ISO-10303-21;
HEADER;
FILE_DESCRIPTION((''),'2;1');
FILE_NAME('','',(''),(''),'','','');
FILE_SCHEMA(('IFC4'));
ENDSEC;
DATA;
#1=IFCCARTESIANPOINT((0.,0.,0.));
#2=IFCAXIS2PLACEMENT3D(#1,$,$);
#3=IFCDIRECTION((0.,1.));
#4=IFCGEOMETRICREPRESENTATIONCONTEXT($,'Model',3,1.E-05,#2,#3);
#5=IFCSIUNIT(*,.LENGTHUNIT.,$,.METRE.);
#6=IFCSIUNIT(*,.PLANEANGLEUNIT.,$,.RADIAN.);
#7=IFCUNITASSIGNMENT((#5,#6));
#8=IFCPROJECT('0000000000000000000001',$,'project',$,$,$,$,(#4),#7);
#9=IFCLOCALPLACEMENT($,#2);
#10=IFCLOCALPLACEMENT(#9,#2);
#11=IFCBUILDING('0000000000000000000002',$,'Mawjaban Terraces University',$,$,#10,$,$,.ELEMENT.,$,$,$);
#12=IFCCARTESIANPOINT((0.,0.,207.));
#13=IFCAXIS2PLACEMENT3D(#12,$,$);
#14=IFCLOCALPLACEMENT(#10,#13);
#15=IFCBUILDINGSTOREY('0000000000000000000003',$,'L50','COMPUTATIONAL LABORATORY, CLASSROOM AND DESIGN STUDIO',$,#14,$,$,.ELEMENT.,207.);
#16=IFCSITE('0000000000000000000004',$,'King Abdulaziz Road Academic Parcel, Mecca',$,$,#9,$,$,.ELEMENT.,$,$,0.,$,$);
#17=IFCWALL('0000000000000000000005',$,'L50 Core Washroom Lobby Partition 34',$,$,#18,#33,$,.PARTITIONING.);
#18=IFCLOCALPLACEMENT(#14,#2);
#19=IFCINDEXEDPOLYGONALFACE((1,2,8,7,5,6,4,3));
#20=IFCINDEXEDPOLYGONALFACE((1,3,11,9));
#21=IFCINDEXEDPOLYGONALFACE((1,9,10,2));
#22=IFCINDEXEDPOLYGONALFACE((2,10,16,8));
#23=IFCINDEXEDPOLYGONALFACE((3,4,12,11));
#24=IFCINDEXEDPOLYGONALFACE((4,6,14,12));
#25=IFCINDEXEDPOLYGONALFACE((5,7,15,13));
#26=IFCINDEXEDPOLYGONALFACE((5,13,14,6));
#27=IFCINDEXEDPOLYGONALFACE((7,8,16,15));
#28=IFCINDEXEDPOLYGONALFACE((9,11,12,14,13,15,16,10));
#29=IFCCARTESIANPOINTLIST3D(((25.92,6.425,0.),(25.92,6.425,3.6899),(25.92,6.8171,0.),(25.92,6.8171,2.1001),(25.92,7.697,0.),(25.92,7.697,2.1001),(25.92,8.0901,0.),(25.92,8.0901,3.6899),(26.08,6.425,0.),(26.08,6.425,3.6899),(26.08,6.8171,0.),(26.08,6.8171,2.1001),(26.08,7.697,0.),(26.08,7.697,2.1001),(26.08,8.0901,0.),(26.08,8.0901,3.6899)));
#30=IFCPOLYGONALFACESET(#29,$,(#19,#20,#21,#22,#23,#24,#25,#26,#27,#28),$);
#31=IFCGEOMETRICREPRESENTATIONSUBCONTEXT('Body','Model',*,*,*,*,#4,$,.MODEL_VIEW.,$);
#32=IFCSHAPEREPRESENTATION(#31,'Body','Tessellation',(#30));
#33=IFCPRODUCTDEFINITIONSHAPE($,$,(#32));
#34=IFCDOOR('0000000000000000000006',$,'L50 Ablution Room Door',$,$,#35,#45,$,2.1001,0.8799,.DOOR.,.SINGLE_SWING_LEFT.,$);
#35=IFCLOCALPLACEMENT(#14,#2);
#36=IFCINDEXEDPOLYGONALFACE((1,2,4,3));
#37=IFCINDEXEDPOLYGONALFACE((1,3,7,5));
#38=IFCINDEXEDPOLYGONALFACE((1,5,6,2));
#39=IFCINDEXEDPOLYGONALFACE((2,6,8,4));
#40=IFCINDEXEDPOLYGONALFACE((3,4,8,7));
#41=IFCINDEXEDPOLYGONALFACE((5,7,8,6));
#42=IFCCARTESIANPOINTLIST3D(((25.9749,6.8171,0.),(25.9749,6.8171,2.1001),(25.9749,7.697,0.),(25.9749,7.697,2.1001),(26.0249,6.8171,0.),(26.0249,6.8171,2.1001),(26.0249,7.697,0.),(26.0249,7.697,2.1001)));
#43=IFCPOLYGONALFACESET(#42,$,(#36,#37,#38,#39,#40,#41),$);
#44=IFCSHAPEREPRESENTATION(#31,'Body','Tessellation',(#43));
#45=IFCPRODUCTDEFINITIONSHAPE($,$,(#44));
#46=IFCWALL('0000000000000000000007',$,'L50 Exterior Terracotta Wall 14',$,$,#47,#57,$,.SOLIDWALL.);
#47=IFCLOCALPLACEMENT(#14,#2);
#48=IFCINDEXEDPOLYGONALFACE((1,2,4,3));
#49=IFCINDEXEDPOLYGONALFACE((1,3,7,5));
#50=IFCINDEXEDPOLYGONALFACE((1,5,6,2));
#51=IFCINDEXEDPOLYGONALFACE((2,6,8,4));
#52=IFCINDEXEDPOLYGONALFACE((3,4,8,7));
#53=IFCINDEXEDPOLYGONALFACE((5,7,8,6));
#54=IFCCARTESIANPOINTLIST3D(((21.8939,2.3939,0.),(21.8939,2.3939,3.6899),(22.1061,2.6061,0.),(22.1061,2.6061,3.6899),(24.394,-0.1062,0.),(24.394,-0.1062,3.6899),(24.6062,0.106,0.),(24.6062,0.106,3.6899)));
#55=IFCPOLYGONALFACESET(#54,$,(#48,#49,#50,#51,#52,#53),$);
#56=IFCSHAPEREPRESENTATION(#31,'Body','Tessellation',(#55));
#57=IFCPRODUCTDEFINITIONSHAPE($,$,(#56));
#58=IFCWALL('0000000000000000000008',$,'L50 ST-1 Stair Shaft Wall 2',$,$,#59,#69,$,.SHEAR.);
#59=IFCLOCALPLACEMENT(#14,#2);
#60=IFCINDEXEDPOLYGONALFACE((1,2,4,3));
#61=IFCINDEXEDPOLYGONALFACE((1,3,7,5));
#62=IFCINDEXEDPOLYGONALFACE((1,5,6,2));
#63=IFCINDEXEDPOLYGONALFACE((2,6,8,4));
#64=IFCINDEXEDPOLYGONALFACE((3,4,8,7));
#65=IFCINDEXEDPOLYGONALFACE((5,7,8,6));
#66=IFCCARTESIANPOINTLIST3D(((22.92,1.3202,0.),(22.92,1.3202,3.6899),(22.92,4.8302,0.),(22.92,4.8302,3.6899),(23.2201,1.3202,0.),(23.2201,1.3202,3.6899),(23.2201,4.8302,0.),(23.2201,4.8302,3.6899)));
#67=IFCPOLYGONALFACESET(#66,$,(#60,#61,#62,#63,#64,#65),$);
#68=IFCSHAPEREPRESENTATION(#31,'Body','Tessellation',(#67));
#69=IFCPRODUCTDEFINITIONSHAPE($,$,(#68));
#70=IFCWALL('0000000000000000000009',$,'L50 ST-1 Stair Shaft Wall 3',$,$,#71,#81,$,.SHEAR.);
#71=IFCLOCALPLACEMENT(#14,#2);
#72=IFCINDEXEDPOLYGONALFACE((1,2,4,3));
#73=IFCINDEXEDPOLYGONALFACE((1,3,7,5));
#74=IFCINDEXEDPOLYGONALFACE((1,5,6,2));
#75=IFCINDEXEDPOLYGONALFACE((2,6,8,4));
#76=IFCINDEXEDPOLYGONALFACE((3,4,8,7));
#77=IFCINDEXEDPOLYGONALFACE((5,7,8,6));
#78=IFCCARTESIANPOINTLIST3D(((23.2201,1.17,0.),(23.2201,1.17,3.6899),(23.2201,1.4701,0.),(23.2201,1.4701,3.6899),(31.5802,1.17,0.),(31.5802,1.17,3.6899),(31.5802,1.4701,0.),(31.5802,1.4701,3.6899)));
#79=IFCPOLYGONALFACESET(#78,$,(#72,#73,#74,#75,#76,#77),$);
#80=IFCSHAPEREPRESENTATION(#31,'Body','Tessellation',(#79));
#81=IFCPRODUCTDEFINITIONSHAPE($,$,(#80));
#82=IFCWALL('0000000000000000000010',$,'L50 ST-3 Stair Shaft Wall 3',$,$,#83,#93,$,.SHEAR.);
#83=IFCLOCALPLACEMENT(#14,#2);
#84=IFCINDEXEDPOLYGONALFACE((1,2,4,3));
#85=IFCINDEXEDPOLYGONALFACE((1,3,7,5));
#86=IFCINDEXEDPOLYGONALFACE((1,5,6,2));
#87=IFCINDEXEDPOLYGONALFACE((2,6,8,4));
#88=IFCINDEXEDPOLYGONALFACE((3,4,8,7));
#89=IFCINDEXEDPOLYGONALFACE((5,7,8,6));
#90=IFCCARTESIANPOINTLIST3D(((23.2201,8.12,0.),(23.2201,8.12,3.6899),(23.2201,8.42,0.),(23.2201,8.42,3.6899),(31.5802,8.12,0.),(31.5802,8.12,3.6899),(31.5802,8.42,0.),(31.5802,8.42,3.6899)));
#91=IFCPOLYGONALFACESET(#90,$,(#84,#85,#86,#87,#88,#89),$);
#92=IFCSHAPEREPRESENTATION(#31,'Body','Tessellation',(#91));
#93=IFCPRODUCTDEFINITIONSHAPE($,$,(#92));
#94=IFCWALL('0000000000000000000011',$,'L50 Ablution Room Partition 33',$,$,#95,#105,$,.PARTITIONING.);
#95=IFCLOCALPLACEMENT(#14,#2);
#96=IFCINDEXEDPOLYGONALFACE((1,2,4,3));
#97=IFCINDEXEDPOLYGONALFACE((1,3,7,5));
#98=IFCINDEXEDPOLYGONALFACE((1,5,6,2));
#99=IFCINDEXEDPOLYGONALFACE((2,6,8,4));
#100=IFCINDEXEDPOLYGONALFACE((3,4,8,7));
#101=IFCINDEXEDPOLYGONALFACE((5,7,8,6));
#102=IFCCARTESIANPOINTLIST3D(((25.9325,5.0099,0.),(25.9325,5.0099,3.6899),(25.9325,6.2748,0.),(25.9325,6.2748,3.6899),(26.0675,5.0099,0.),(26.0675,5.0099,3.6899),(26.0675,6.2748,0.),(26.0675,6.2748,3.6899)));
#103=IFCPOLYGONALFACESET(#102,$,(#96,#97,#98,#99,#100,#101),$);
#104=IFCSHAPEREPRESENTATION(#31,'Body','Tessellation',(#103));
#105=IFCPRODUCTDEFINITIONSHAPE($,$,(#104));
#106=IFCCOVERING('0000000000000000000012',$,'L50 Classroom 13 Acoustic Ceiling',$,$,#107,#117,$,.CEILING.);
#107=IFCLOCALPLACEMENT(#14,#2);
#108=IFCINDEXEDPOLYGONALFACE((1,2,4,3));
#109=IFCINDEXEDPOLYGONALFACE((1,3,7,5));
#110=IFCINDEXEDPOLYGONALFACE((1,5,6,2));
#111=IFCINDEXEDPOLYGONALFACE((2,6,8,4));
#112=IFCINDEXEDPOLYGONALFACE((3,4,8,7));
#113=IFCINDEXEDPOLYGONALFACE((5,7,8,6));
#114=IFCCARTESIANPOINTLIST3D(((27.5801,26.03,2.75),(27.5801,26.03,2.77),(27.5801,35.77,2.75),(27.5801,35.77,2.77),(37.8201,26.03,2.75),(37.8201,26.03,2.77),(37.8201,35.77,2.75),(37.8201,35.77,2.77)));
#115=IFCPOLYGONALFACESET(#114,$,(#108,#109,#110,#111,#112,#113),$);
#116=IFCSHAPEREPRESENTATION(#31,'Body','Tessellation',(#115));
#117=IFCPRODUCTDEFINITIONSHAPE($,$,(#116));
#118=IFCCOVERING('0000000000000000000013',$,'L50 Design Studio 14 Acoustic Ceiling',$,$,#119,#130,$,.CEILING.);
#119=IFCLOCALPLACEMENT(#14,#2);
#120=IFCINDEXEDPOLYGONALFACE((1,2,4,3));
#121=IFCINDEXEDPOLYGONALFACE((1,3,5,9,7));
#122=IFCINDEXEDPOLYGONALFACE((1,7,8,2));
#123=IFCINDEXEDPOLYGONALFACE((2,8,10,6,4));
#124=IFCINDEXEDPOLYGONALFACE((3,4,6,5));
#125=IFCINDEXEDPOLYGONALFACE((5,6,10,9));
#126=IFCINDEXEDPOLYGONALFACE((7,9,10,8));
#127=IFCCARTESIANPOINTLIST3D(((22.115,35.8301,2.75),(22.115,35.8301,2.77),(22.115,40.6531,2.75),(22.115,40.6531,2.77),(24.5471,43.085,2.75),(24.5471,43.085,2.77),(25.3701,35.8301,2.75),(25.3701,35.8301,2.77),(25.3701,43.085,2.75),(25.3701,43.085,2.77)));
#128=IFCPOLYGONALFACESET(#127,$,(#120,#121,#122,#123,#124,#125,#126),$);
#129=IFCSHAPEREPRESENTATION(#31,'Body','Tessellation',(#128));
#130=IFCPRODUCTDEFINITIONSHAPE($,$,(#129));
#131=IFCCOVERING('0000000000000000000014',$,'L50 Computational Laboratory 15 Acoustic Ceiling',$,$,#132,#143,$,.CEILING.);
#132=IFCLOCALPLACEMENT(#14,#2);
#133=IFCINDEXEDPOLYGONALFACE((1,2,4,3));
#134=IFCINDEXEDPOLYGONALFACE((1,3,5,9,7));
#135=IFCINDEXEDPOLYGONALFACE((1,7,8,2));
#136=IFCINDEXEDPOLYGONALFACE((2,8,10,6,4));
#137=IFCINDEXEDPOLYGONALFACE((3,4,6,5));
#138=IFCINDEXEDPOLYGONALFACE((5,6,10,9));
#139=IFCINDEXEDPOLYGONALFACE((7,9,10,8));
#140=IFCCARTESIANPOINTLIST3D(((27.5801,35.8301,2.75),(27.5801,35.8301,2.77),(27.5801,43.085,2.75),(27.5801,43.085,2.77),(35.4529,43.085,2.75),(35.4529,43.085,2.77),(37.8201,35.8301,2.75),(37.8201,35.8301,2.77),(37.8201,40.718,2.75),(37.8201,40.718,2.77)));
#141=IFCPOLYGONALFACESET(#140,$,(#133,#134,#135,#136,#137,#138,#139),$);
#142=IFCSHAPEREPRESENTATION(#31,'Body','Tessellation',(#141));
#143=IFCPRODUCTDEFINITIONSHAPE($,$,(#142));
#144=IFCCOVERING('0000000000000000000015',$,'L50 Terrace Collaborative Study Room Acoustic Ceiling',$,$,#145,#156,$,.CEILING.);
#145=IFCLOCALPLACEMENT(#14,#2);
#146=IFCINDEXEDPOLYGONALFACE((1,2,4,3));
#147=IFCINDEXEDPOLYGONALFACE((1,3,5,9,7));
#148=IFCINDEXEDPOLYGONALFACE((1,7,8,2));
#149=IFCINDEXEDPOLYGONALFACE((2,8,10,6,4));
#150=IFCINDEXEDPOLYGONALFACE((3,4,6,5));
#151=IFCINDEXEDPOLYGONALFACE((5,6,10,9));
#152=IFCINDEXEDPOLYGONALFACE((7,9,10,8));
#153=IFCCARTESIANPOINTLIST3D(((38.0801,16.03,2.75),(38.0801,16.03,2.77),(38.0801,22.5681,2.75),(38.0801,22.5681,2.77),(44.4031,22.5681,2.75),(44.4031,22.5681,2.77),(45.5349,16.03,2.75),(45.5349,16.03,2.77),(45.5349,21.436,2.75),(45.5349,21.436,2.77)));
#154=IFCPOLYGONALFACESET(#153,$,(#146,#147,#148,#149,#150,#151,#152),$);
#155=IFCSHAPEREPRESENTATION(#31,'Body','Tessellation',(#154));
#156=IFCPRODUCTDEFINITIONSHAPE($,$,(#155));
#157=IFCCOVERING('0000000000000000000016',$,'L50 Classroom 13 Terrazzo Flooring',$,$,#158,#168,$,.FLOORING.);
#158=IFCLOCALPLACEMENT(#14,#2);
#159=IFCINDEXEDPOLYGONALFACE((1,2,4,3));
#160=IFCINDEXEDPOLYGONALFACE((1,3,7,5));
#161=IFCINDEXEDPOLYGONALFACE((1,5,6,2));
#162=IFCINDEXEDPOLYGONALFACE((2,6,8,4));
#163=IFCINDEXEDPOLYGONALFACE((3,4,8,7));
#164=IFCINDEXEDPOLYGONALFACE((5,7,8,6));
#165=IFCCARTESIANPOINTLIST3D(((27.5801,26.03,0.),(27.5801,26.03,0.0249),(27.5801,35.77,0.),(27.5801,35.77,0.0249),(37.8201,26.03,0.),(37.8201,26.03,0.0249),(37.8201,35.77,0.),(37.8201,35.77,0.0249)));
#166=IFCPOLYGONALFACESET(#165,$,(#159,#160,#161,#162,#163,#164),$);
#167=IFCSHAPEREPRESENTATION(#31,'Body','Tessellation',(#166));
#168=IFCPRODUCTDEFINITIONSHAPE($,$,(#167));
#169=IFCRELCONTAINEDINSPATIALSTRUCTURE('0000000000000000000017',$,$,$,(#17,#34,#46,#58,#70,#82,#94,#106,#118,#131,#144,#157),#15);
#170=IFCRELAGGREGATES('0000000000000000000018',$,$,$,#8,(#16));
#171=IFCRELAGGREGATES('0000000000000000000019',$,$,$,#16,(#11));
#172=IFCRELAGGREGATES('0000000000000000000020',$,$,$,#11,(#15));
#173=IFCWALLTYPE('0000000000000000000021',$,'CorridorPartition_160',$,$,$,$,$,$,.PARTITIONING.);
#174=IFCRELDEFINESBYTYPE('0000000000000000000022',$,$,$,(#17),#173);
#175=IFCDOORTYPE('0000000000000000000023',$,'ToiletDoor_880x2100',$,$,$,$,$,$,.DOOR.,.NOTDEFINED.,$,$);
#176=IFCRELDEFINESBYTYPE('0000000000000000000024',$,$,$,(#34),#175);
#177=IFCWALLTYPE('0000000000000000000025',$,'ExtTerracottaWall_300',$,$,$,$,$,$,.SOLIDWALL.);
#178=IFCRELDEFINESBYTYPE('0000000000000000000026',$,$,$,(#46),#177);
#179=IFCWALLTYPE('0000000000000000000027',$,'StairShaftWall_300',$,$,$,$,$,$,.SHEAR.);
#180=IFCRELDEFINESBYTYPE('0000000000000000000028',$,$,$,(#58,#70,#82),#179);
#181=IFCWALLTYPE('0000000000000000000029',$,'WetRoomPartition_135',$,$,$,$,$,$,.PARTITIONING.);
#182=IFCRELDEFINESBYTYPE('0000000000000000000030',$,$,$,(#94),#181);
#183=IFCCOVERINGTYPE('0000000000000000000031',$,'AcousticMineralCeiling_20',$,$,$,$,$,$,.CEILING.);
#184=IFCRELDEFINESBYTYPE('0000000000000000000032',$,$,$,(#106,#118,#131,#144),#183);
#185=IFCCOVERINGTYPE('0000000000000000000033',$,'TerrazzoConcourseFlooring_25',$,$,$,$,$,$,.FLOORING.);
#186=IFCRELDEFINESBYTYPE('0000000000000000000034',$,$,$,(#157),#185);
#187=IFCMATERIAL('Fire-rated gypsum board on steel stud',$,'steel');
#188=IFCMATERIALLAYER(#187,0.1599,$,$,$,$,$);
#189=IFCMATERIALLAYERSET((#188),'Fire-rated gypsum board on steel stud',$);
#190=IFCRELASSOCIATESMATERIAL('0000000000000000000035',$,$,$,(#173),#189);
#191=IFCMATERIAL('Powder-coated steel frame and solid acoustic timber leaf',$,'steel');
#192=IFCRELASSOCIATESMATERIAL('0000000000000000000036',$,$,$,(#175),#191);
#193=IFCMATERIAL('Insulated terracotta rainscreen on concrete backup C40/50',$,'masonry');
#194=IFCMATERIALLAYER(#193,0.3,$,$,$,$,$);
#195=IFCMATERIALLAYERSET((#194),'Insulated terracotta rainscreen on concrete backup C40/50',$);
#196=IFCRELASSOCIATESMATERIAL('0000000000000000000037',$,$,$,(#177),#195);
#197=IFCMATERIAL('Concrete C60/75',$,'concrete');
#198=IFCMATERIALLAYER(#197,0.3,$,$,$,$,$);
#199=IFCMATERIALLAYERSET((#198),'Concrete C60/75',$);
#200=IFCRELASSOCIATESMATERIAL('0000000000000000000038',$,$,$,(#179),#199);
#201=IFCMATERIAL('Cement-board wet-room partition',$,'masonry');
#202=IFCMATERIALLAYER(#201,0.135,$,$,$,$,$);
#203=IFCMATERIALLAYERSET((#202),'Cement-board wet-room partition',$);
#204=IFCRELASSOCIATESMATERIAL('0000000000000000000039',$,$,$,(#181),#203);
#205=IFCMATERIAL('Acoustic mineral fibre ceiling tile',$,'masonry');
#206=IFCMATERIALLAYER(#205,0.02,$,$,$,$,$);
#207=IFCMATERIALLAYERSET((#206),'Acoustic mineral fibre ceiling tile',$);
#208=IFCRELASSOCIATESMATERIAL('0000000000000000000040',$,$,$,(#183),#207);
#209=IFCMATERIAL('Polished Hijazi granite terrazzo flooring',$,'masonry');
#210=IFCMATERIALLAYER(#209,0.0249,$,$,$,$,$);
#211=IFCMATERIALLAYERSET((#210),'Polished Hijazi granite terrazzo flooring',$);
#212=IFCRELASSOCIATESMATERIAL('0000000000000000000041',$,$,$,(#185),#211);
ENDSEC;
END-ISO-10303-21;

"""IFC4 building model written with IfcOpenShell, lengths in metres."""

from ifc_helpers import new_model, si_unit, direction, frame, frame_2d, origin, place, context, subcontext, project, spatial, polyline, rectangle, outline, extrude, material, layer, layer_set, type_object, element, fill, save


model = new_model("IFC4")

# Units and contexts
model_context = context("Model", 3, precision=1e-05, world=origin(), true_north=direction((0.0, 1.0)))
body_context = subcontext(model_context, "Body", "Model", "MODEL_VIEW")
ifc_project = project(units=[si_unit("LENGTHUNIT", "METRE"), si_unit("PLANEANGLEUNIT", "RADIAN")], contexts=[model_context])

# Site, building, storey
site_placement = place(None, origin())
site = spatial("IfcSite", under=ifc_project, at=site_placement, Name="King Abdulaziz Road Academic Parcel, Mecca", CompositionType="ELEMENT", RefElevation=0.0)
building_placement = place(site_placement, origin())
building = spatial("IfcBuilding", under=site, at=building_placement, Name="Mawjaban Terraces University", CompositionType="ELEMENT")
storey_placement = place(building_placement, frame((0.0, 0.0, 207.0)))
storey = spatial("IfcBuildingStorey", under=building, at=storey_placement, Name="L50", Description="COMPUTATIONAL LABORATORY, CLASSROOM AND DESIGN STUDIO", CompositionType="ELEMENT", Elevation=207.0)

# Shared definitions
ifc_material_1 = material(Name="Concrete C60/75", Category="concrete")

# Wall, opening, door
ifc_material_2 = material(Name="Fire-rated gypsum board on steel stud", Category="steel")
ifc_layer_1 = layer(ifc_material_2, 0.1599)
ifc_layer_set_1 = layer_set([ifc_layer_1], Name="Fire-rated gypsum board on steel stud")
wall_type_1 = type_object("IfcWallType", Name="CorridorPartition_160", PredefinedType="PARTITIONING", material=ifc_layer_set_1)
ifc_material_3 = material(Name="Powder-coated steel frame and solid acoustic timber leaf", Category="steel")
door_type = type_object("IfcDoorType", Name="ToiletDoor_880x2100", OperationType="NOTDEFINED", PredefinedType="DOOR", material=ifc_material_3)
wall_1_placement = place(storey_placement, frame((26.0, 8.0901, 0.0), z_axis=(0.0, 0.0, 1.0), x_axis=(0.0, -1.0, 0.0)))
wall_1 = element("IfcWall", 1, at=wall_1_placement, inside=storey, type_object=wall_type_1, Name="L50 Core Washroom Lobby Partition 34", PredefinedType="PARTITIONING", context=body_context, shape_type="SweptSolid", body=[
    extrude(rectangle(XDim=1.665, YDim=0.1599, at=frame_2d((0.8325, 0.0))), origin(), (0.0, 0.0, 1.0), 3.6899),
])
opening_1_placement = place(wall_1_placement, frame((0.3931, 0.0, 0.0)))
opening_1 = element("IfcOpeningElement", 2, at=opening_1_placement, cuts=wall_1, PredefinedType="OPENING", context=body_context, shape_type="SweptSolid", body=[
    extrude(rectangle(XDim=0.8799, YDim=2.1001, at=frame_2d((0.4399, 1.05))), frame((0.0, 0.0898, 0.0), z_axis=(0.0, -1.0, 0.0), x_axis=(1.0, 0.0, 0.0)), (0.0, 0.0, 1.0), 0.1799),
])
door_1_placement = place(opening_1_placement, origin())
door_1 = element("IfcDoor", 3, at=door_1_placement, inside=storey, type_object=door_type, Name="L50 Ablution Room Door", OperationType="SINGLE_SWING_LEFT", OverallHeight=2.1001, OverallWidth=0.8799, PredefinedType="DOOR", context=body_context, shape_type="SweptSolid", body=[
    extrude(rectangle(XDim=0.8799, YDim=2.1001, at=frame_2d((0.4399, 1.05))), frame((0.0, 0.0249, 0.0), z_axis=(0.0, -1.0, 0.0), x_axis=(1.0, 0.0, 0.0)), (0.0, 0.0, 1.0), 0.05),
])
fill(opening_1, door_1)

# Walls
ifc_material_4 = material(Name="Insulated terracotta rainscreen on concrete backup C40/50", Category="masonry")
ifc_layer_2 = layer(ifc_material_4, 0.3)
ifc_layer_set_2 = layer_set([ifc_layer_2], Name="Insulated terracotta rainscreen on concrete backup C40/50")
wall_type_2 = type_object("IfcWallType", Name="ExtTerracottaWall_300", PredefinedType="SOLIDWALL", material=ifc_layer_set_2)
wall_2_placement = place(storey_placement, frame((22.0, 2.5, 0.0), z_axis=(0.0, 0.0, 1.0), x_axis=(0.707107, -0.707107, 0.0)))
element("IfcWall", 4, at=wall_2_placement, inside=storey, type_object=wall_type_2, Name="L50 Exterior Terracotta Wall 14", PredefinedType="SOLIDWALL", context=body_context, shape_type="SweptSolid", body=[
    extrude(rectangle(XDim=3.5356, YDim=0.3, at=frame_2d((1.7678, 0.0))), origin(), (0.0, 0.0, 1.0), 3.6899),
])
ifc_layer_3 = layer(ifc_material_1, 0.3)
ifc_layer_set_3 = layer_set([ifc_layer_3], Name="Concrete C60/75")
wall_type_3 = type_object("IfcWallType", Name="StairShaftWall_300", PredefinedType="SHEAR", material=ifc_layer_set_3)
wall_3_placement = place(storey_placement, frame((23.0701, 4.8301, 0.0), z_axis=(0.0, 0.0, 1.0), x_axis=(0.0, -1.0, 0.0)))
element("IfcWall", 5, at=wall_3_placement, inside=storey, type_object=wall_type_3, Name="L50 ST-1 Stair Shaft Wall 2", PredefinedType="SHEAR", context=body_context, shape_type="SweptSolid", body=[
    extrude(rectangle(XDim=3.51, YDim=0.3, at=frame_2d((1.7549, 0.0))), origin(), (0.0, 0.0, 1.0), 3.6899),
])
for number, where, z_axis, x_axis, name in (
    (6, (23.22, 1.3201, 0.0), (0.0, 0.0, 1.0), (1.0, 0.0, 0.0), "L50 ST-1 Stair Shaft Wall 3"),
    (7, (23.22, 8.27, 0.0), (0.0, 0.0, 1.0), (1.0, 0.0, 0.0), "L50 ST-3 Stair Shaft Wall 3"),
):
    element("IfcWall", number, at=place(storey_placement, frame(where, z_axis=z_axis, x_axis=x_axis)), inside=storey, type_object=wall_type_3, Name=name, PredefinedType="SHEAR", context=body_context, shape_type="SweptSolid", body=[
        extrude(rectangle(XDim=8.3601, YDim=0.3, at=frame_2d((4.1802, 0.0))), origin(), (0.0, 0.0, 1.0), 3.6899),
    ])
ifc_material_5 = material(Name="Cement-board wet-room partition", Category="masonry")
ifc_layer_4 = layer(ifc_material_5, 0.135)
ifc_layer_set_4 = layer_set([ifc_layer_4], Name="Cement-board wet-room partition")
wall_type_4 = type_object("IfcWallType", Name="WetRoomPartition_135", PredefinedType="PARTITIONING", material=ifc_layer_set_4)
wall_4_placement = place(storey_placement, frame((26.0, 5.01, 0.0), z_axis=(0.0, 0.0, 1.0), x_axis=(0.0, 1.0, 0.0)))
element("IfcWall", 8, at=wall_4_placement, inside=storey, type_object=wall_type_4, Name="L50 Ablution Room Partition 33", PredefinedType="PARTITIONING", context=body_context, shape_type="SweptSolid", body=[
    extrude(rectangle(XDim=1.2649, YDim=0.135, at=frame_2d((0.6323, 0.0))), origin(), (0.0, 0.0, 1.0), 3.6899),
])

# Coverings
ifc_material_6 = material(Name="Acoustic mineral fibre ceiling tile", Category="masonry")
ifc_layer_5 = layer(ifc_material_6, 0.02)
ifc_layer_set_5 = layer_set([ifc_layer_5], Name="Acoustic mineral fibre ceiling tile")
covering_type_1 = type_object("IfcCoveringType", Name="AcousticMineralCeiling_20", PredefinedType="CEILING", material=ifc_layer_set_5)
covering_1_placement = place(storey_placement, frame((0.0, 0.0, 2.75)))
element("IfcCovering", 9, at=covering_1_placement, inside=storey, type_object=covering_type_1, Name="L50 Classroom 13 Acoustic Ceiling", PredefinedType="CEILING", context=body_context, shape_type="SweptSolid", body=[
    extrude(outline(polyline([(37.8201, 26.03), (37.8201, 35.77), (27.5801, 35.77), (27.5801, 26.03), (37.8201, 26.03)])), origin(), (0.0, 0.0, 1.0), 0.02),
])
covering_2_placement = place(storey_placement, frame((0.0, 0.0, 2.75)))
element("IfcCovering", 10, at=covering_2_placement, inside=storey, type_object=covering_type_1, Name="L50 Design Studio 14 Acoustic Ceiling", PredefinedType="CEILING", context=body_context, shape_type="SweptSolid", body=[
    extrude(outline(polyline([(25.3701, 43.085), (24.5471, 43.085), (22.115, 40.6531), (22.115, 35.8301), (25.3701, 35.8301), (25.3701, 43.085)])), origin(), (0.0, 0.0, 1.0), 0.02),
])
covering_3_placement = place(storey_placement, frame((0.0, 0.0, 2.75)))
element("IfcCovering", 11, at=covering_3_placement, inside=storey, type_object=covering_type_1, Name="L50 Computational Laboratory 15 Acoustic Ceiling", PredefinedType="CEILING", context=body_context, shape_type="SweptSolid", body=[
    extrude(outline(polyline([(37.8201, 40.718), (35.4529, 43.085), (27.5801, 43.085), (27.5801, 35.8301), (37.8201, 35.8301), (37.8201, 40.718)])), origin(), (0.0, 0.0, 1.0), 0.02),
])
covering_4_placement = place(storey_placement, frame((0.0, 0.0, 2.75)))
element("IfcCovering", 12, at=covering_4_placement, inside=storey, type_object=covering_type_1, Name="L50 Terrace Collaborative Study Room Acoustic Ceiling", PredefinedType="CEILING", context=body_context, shape_type="SweptSolid", body=[
    extrude(outline(polyline([(45.5349, 16.03), (45.5349, 21.436), (44.4031, 22.5681), (38.0801, 22.5681), (38.0801, 16.03), (45.5349, 16.03)])), origin(), (0.0, 0.0, 1.0), 0.02),
])
ifc_material_7 = material(Name="Polished Hijazi granite terrazzo flooring", Category="masonry")
ifc_layer_6 = layer(ifc_material_7, 0.0249)
ifc_layer_set_6 = layer_set([ifc_layer_6], Name="Polished Hijazi granite terrazzo flooring")
covering_type_2 = type_object("IfcCoveringType", Name="TerrazzoConcourseFlooring_25", PredefinedType="FLOORING", material=ifc_layer_set_6)
covering_5_placement = place(storey_placement, origin())
element("IfcCovering", 13, at=covering_5_placement, inside=storey, type_object=covering_type_2, Name="L50 Classroom 13 Terrazzo Flooring", PredefinedType="FLOORING", context=body_context, shape_type="SweptSolid", body=[
    extrude(outline(polyline([(37.8201, 26.03), (37.8201, 35.77), (27.5801, 35.77), (27.5801, 26.03), (37.8201, 26.03)])), origin(), (0.0, 0.0, 1.0), 0.0249),
])

save(model, "model.ifc")
